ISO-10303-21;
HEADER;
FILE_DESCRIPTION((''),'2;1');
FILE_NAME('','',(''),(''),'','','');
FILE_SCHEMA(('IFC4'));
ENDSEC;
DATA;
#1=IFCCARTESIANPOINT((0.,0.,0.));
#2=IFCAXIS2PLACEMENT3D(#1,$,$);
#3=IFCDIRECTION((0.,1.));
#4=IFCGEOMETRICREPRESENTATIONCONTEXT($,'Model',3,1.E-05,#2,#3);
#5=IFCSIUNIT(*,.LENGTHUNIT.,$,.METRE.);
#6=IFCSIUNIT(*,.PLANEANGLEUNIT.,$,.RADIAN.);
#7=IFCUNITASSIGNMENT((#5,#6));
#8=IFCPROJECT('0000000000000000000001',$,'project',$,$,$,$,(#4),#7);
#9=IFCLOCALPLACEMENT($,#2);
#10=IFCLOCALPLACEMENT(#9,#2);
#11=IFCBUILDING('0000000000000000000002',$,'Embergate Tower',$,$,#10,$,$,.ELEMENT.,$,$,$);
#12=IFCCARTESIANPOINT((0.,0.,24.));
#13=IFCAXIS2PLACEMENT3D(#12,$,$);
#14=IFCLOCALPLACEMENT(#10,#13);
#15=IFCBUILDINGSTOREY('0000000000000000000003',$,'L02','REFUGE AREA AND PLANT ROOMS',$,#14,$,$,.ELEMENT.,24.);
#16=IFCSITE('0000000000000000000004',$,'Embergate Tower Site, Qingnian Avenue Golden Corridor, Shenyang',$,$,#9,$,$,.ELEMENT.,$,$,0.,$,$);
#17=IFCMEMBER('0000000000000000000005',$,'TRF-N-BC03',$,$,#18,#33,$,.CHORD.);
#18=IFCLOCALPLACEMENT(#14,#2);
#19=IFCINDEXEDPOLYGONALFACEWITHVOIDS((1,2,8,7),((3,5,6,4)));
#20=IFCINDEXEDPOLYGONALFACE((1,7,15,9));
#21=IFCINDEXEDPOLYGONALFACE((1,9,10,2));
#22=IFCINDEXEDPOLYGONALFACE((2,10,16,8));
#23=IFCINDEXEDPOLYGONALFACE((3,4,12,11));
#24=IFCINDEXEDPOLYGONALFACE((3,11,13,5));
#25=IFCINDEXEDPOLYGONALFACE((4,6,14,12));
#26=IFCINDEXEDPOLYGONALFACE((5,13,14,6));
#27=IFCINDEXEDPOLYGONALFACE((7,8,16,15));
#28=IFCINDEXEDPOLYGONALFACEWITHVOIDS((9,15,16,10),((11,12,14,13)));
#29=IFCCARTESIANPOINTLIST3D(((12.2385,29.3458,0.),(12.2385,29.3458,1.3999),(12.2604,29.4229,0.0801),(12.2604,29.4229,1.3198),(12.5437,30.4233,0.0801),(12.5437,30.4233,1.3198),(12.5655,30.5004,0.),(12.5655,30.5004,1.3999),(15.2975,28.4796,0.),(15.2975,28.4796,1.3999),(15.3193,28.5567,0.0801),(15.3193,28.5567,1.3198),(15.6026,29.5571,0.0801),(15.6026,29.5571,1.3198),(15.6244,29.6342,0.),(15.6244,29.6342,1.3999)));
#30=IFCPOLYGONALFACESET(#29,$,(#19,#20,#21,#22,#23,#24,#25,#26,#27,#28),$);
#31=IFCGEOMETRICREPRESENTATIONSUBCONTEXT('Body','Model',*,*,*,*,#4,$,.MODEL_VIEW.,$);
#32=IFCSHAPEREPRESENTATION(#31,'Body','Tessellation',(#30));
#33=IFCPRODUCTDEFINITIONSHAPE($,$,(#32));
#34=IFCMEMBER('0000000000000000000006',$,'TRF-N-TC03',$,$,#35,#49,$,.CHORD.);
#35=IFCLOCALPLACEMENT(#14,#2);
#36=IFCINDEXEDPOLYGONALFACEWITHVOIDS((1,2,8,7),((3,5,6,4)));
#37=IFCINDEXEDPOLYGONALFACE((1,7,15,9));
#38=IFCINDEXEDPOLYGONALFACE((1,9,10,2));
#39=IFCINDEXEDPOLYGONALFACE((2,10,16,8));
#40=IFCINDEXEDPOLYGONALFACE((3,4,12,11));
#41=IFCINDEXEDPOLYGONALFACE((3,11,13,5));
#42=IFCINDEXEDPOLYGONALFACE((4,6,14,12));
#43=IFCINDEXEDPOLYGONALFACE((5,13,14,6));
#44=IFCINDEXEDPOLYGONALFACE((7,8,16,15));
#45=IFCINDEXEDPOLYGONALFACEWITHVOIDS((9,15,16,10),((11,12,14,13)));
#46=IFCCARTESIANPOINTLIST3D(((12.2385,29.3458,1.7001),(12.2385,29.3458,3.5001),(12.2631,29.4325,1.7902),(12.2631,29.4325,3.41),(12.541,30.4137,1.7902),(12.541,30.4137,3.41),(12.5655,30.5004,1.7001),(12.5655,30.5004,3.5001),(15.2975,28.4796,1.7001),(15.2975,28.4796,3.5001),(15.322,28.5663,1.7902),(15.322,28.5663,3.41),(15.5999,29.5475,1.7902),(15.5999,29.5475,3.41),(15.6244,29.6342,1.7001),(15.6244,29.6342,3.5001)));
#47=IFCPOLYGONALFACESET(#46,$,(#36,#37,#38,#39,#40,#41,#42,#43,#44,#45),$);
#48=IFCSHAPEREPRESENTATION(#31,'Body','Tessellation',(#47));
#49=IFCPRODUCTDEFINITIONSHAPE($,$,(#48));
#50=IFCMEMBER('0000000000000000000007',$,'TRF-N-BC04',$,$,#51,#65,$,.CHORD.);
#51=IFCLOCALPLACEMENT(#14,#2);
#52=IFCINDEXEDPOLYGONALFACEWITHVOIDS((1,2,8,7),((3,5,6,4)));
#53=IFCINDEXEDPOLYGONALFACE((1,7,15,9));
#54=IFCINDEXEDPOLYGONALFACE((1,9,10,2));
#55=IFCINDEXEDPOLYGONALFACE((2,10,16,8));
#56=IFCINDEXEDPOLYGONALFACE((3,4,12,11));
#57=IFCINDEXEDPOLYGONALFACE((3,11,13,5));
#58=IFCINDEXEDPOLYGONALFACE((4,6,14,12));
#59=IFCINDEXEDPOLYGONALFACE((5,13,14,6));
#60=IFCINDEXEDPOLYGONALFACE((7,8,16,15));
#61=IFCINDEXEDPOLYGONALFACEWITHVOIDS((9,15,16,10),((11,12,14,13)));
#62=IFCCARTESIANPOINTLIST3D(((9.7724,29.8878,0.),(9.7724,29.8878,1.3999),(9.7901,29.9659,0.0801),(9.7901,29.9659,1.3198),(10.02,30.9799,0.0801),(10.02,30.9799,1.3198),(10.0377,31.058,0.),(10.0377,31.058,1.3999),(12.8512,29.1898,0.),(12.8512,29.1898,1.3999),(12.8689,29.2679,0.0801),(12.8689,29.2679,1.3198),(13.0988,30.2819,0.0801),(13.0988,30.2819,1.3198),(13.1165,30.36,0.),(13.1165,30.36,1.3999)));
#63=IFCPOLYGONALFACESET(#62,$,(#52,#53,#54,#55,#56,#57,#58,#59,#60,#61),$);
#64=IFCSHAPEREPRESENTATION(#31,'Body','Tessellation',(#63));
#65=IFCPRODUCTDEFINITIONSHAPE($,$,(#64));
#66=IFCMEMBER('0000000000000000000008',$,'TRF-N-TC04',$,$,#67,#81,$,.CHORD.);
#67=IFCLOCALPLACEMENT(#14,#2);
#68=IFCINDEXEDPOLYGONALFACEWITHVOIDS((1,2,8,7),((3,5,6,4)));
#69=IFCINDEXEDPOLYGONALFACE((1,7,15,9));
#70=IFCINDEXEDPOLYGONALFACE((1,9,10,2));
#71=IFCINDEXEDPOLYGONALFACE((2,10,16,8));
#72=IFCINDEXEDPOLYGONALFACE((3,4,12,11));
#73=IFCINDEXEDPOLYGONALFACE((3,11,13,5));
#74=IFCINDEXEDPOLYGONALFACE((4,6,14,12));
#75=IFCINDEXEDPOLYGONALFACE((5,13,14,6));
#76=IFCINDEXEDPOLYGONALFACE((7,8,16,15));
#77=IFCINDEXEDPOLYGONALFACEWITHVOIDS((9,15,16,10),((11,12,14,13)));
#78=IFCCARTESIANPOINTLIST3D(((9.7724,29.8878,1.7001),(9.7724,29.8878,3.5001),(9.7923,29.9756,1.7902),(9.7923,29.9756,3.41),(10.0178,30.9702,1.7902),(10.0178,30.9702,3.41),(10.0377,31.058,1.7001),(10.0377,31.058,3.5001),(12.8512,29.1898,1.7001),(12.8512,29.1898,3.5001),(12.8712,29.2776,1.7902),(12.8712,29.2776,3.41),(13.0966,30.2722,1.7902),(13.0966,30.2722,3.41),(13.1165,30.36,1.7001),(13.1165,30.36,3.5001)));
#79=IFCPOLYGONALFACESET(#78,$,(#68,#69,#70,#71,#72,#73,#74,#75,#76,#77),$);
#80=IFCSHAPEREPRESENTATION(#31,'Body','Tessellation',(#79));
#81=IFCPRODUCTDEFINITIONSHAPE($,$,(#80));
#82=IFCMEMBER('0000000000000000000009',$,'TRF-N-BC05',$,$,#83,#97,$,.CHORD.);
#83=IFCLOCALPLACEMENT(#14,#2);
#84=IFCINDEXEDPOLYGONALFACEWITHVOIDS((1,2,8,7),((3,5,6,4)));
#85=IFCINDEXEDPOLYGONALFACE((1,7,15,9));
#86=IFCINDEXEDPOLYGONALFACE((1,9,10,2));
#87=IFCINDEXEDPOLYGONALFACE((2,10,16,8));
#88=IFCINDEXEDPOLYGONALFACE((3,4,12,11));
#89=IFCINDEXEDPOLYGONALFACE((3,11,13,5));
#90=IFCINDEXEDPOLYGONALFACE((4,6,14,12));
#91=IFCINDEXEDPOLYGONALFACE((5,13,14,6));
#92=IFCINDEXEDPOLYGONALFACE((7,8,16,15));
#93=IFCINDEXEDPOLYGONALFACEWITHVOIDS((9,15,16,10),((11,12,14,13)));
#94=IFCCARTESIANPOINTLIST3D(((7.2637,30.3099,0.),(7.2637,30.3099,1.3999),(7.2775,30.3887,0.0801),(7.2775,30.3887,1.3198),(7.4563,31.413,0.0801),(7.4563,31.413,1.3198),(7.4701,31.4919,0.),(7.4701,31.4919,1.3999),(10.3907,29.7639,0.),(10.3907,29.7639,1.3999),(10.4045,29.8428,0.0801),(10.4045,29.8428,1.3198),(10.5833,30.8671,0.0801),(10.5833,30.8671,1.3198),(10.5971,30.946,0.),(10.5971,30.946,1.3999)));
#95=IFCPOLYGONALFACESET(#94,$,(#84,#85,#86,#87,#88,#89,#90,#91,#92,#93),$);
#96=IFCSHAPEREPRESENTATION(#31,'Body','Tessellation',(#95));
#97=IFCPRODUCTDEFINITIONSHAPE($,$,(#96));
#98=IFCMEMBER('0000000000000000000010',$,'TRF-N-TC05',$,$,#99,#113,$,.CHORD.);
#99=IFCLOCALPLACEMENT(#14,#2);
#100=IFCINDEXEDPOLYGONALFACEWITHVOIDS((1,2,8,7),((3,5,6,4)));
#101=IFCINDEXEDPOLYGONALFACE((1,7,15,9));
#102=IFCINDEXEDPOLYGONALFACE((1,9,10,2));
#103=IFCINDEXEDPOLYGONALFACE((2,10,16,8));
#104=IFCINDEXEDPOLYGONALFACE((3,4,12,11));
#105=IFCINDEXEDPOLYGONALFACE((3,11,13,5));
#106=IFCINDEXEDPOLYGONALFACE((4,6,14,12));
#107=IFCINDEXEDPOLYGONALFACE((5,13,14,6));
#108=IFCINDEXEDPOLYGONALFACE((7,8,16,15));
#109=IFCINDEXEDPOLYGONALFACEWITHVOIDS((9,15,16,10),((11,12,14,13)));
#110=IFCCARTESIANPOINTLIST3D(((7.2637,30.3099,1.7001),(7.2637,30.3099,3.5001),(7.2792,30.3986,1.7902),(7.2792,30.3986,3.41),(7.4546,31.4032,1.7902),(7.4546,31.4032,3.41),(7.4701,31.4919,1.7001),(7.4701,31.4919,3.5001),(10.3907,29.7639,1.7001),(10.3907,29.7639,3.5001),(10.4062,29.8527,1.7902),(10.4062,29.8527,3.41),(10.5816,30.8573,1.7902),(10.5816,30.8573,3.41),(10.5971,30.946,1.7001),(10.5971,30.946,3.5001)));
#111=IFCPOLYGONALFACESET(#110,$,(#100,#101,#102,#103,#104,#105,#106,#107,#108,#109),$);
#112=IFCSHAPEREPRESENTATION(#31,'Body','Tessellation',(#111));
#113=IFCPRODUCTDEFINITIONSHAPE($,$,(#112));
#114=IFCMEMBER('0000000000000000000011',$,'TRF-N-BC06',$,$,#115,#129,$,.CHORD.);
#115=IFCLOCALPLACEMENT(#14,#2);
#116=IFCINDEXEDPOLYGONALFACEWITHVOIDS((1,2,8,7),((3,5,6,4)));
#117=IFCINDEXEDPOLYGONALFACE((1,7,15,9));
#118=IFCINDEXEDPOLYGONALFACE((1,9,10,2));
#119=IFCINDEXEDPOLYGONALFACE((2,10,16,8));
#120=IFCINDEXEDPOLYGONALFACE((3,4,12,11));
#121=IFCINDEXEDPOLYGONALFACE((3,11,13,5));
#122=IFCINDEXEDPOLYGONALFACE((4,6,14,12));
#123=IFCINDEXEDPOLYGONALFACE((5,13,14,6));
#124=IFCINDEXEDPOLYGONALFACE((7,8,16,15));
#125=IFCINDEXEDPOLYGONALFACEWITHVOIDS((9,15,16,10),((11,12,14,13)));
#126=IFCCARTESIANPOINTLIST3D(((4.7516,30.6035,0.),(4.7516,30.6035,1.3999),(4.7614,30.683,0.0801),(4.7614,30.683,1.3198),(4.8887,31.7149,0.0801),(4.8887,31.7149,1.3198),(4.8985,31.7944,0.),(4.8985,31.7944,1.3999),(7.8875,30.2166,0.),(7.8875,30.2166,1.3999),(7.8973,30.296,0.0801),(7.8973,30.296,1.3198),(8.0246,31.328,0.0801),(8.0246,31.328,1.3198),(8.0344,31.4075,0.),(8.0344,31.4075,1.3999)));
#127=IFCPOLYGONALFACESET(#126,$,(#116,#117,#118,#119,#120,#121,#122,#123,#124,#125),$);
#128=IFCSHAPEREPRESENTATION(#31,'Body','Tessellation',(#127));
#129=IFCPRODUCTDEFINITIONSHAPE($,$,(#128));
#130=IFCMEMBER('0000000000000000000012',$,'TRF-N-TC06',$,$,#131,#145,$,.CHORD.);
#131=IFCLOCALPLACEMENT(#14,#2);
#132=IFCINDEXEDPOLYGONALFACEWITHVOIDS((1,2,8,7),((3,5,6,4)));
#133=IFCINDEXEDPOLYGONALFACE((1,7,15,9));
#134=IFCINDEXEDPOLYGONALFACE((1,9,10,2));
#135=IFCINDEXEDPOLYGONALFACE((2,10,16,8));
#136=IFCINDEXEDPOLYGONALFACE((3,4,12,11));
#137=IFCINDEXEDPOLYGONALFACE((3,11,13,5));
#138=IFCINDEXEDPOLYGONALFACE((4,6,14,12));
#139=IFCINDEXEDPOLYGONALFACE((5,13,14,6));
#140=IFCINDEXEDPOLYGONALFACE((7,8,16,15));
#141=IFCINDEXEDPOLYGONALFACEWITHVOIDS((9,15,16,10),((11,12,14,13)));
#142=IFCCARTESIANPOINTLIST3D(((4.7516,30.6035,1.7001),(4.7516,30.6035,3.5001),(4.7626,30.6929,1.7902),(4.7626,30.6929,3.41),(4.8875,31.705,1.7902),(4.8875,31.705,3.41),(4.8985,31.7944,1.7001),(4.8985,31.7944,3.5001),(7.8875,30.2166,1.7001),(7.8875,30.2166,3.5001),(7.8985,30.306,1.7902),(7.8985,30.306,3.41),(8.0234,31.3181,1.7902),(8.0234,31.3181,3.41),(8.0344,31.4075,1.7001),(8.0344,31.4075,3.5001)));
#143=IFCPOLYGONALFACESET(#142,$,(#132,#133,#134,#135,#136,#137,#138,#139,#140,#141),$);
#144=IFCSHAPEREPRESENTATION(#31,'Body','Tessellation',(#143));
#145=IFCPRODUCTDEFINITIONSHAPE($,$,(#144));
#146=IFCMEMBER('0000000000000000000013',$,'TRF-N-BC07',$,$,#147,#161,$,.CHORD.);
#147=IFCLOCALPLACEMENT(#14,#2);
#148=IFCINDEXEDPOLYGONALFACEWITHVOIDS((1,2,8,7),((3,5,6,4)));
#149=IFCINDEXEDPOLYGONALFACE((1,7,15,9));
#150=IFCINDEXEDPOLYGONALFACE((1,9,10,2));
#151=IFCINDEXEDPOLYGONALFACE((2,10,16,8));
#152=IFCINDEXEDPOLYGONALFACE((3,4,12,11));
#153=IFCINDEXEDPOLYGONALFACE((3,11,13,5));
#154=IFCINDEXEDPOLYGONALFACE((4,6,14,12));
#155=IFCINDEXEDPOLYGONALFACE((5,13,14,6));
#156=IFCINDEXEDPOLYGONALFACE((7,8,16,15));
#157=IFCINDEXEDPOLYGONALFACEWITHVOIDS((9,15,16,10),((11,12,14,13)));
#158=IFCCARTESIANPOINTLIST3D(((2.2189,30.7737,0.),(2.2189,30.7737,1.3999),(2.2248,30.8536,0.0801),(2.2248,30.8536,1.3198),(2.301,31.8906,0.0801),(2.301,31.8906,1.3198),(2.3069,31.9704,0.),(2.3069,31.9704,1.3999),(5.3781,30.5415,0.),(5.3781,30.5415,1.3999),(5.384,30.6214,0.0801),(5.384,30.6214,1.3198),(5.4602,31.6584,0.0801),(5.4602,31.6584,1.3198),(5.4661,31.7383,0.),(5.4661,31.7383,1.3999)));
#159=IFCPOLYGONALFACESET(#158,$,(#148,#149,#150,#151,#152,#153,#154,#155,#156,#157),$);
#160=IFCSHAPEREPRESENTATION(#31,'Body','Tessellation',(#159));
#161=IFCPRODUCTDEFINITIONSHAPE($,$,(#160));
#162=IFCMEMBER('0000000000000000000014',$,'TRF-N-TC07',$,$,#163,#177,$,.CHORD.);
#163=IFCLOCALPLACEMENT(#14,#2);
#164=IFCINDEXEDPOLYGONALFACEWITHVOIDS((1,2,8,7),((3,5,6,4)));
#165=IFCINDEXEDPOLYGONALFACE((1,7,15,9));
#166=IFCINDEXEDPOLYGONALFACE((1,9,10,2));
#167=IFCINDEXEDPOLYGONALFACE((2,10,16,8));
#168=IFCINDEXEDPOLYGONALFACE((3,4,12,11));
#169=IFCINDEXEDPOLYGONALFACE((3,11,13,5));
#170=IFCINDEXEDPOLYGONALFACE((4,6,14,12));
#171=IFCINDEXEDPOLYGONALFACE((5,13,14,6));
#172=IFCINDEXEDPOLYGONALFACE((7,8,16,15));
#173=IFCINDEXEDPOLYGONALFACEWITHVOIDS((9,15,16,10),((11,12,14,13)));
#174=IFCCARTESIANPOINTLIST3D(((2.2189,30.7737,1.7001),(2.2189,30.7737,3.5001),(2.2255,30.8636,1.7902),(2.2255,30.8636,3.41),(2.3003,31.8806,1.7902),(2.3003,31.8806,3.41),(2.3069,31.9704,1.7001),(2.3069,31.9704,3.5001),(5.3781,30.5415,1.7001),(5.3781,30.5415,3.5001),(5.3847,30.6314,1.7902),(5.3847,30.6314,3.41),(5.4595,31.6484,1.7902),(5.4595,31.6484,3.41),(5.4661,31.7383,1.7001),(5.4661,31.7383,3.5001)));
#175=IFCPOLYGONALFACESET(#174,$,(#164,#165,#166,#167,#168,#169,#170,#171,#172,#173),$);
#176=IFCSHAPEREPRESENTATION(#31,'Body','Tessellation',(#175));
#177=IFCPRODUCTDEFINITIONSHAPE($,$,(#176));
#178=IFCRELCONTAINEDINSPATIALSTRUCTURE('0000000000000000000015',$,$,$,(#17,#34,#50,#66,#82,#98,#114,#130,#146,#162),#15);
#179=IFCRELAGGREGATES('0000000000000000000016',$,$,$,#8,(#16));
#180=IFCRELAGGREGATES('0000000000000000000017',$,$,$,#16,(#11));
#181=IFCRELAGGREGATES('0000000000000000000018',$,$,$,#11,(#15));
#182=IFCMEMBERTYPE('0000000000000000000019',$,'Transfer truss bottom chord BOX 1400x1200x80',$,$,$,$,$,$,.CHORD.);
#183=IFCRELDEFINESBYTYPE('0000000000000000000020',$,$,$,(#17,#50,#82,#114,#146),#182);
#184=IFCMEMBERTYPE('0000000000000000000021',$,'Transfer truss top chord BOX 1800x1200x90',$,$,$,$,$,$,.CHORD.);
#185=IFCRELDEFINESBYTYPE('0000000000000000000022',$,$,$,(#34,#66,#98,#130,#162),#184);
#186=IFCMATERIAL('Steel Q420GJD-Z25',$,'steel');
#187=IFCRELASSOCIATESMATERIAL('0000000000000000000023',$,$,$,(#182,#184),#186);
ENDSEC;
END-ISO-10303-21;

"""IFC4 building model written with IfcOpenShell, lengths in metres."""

from ifc_helpers import new_model, si_unit, direction, frame, origin, origin_2d, place, context, subcontext, project, spatial, hollow_rectangle, extrude, source, transform, mapped, material, material_profile, profile_set, type_object, element, save


model = new_model("IFC4")

# Units and contexts
model_context = context("Model", 3, precision=1e-05, world=origin(), true_north=direction((0.0, 1.0)))
body_context = subcontext(model_context, "Body", "Model", "MODEL_VIEW")
ifc_project = project(units=[si_unit("LENGTHUNIT", "METRE"), si_unit("PLANEANGLEUNIT", "RADIAN")], contexts=[model_context])

# Site, building, storey
site_placement = place(None, origin())
site = spatial("IfcSite", under=ifc_project, at=site_placement, Name="Embergate Tower Site, Qingnian Avenue Golden Corridor, Shenyang", CompositionType="ELEMENT", RefElevation=0.0)
building_placement = place(site_placement, origin())
building = spatial("IfcBuilding", under=site, at=building_placement, Name="Embergate Tower", CompositionType="ELEMENT")
storey_placement = place(building_placement, frame((0.0, 0.0, 24.0)))
storey = spatial("IfcBuildingStorey", under=building, at=storey_placement, Name="L02", Description="REFUGE AREA AND PLANT ROOMS", CompositionType="ELEMENT", Elevation=24.0)

# Members
ifc_material_1 = material(Name="Steel Q420GJD-Z25", Category="steel")
ifc_material_profile_1 = material_profile(ifc_material_1, hollow_rectangle(XDim=1.2, YDim=1.3999, WallThickness=0.0801, at=origin_2d()), Name="BOX 1400x1200x80")
ifc_profile_set_1 = profile_set([ifc_material_profile_1], Name="Steel Q420 grade GJD-Z25")
member_type_1 = type_object("IfcMemberType", Name="Transfer truss bottom chord BOX 1400x1200x80", PredefinedType="CHORD", material=ifc_profile_set_1)
shared_shape_1 = source(origin(), body_context, "Body", "SweptSolid", [
    extrude(hollow_rectangle(XDim=1.2, YDim=1.3999, WallThickness=0.0801, at=origin_2d()), origin(), (0.0, 0.0, 1.0), 3.1792),
])
member_1_placement = place(storey_placement, frame((15.4609, 29.0569, 0.7), z_axis=(-0.962165, 0.272469, 0.0), x_axis=(-0.272469, -0.962165, 0.0)))
element("IfcMember", 1, at=member_1_placement, inside=storey, type_object=member_type_1, Name="TRF-N-BC03", PredefinedType="CHORD", context=body_context, shape_type="MappedRepresentation", body=[
    mapped(shared_shape_1, transform((0.0, 0.0, 0.0))),
])
ifc_material_profile_2 = material_profile(ifc_material_1, hollow_rectangle(XDim=1.2, YDim=1.8, WallThickness=0.0901, at=origin_2d()), Name="BOX 1800x1200x90")
ifc_profile_set_2 = profile_set([ifc_material_profile_2], Name="Steel Q420 grade GJD-Z25")
member_type_2 = type_object("IfcMemberType", Name="Transfer truss top chord BOX 1800x1200x90", PredefinedType="CHORD", material=ifc_profile_set_2)
shared_shape_2 = source(origin(), body_context, "Body", "SweptSolid", [
    extrude(hollow_rectangle(XDim=1.2, YDim=1.8, WallThickness=0.0901, at=origin_2d()), origin(), (0.0, 0.0, 1.0), 3.1792),
])
member_2_placement = place(storey_placement, frame((15.4609, 29.0569, 2.6001), z_axis=(-0.962165, 0.272469, 0.0), x_axis=(-0.272469, -0.962165, 0.0)))
element("IfcMember", 2, at=member_2_placement, inside=storey, type_object=member_type_2, Name="TRF-N-TC03", PredefinedType="CHORD", context=body_context, shape_type="MappedRepresentation", body=[
    mapped(shared_shape_2, transform((0.0, 0.0, 0.0))),
])
shared_shape_3 = source(origin(), body_context, "Body", "SweptSolid", [
    extrude(hollow_rectangle(XDim=1.2, YDim=1.3999, WallThickness=0.0801, at=origin_2d()), origin(), (0.0, 0.0, 1.0), 3.157),
])
member_3_placement = place(storey_placement, frame((12.9839, 29.7749, 0.7), z_axis=(-0.975252, 0.221096, 0.0), x_axis=(-0.221096, -0.975252, 0.0)))
element("IfcMember", 3, at=member_3_placement, inside=storey, type_object=member_type_1, Name="TRF-N-BC04", PredefinedType="CHORD", context=body_context, shape_type="MappedRepresentation", body=[
    mapped(shared_shape_3, transform((0.0, 0.0, 0.0))),
])
shared_shape_4 = source(origin(), body_context, "Body", "SweptSolid", [
    extrude(hollow_rectangle(XDim=1.2, YDim=1.8, WallThickness=0.0901, at=origin_2d()), origin(), (0.0, 0.0, 1.0), 3.157),
])
member_4_placement = place(storey_placement, frame((12.9839, 29.7749, 2.6001), z_axis=(-0.975252, 0.221096, 0.0), x_axis=(-0.221096, -0.975252, 0.0)))
element("IfcMember", 4, at=member_4_placement, inside=storey, type_object=member_type_2, Name="TRF-N-TC04", PredefinedType="CHORD", context=body_context, shape_type="MappedRepresentation", body=[
    mapped(shared_shape_4, transform((0.0, 0.0, 0.0))),
])
shared_shape_5 = source(origin(), body_context, "Body", "SweptSolid", [
    extrude(hollow_rectangle(XDim=1.2, YDim=1.3999, WallThickness=0.0801, at=origin_2d()), origin(), (0.0, 0.0, 1.0), 3.1743),
])
member_5_placement = place(storey_placement, frame((10.4939, 30.355, 0.7), z_axis=(-0.985101, 0.171977, 0.0), x_axis=(-0.171977, -0.985101, 0.0)))
element("IfcMember", 5, at=member_5_placement, inside=storey, type_object=member_type_1, Name="TRF-N-BC05", PredefinedType="CHORD", context=body_context, shape_type="MappedRepresentation", body=[
    mapped(shared_shape_5, transform((0.0, 0.0, 0.0))),
])
shared_shape_6 = source(origin(), body_context, "Body", "SweptSolid", [
    extrude(hollow_rectangle(XDim=1.2, YDim=1.8, WallThickness=0.0901, at=origin_2d()), origin(), (0.0, 0.0, 1.0), 3.1743),
])
member_6_placement = place(storey_placement, frame((10.4939, 30.355, 2.6001), z_axis=(-0.985101, 0.171977, 0.0), x_axis=(-0.171977, -0.985101, 0.0)))
element("IfcMember", 6, at=member_6_placement, inside=storey, type_object=member_type_2, Name="TRF-N-TC05", PredefinedType="CHORD", context=body_context, shape_type="MappedRepresentation", body=[
    mapped(shared_shape_6, transform((0.0, 0.0, 0.0))),
])
shared_shape_7 = source(origin(), body_context, "Body", "SweptSolid", [
    extrude(hollow_rectangle(XDim=1.2, YDim=1.3999, WallThickness=0.0801, at=origin_2d()), origin(), (0.0, 0.0, 1.0), 3.1597),
])
member_7_placement = place(storey_placement, frame((7.9609, 30.812, 0.7), z_axis=(-0.992473, 0.122465, 0.0), x_axis=(-0.122465, -0.992473, 0.0)))
element("IfcMember", 7, at=member_7_placement, inside=storey, type_object=member_type_1, Name="TRF-N-BC06", PredefinedType="CHORD", context=body_context, shape_type="MappedRepresentation", body=[
    mapped(shared_shape_7, transform((0.0, 0.0, 0.0))),
])
shared_shape_8 = source(origin(), body_context, "Body", "SweptSolid", [
    extrude(hollow_rectangle(XDim=1.2, YDim=1.8, WallThickness=0.0901, at=origin_2d()), origin(), (0.0, 0.0, 1.0), 3.1597),
])
member_8_placement = place(storey_placement, frame((7.9609, 30.812, 2.6001), z_axis=(-0.992473, 0.122465, 0.0), x_axis=(-0.122465, -0.992473, 0.0)))
element("IfcMember", 8, at=member_8_placement, inside=storey, type_object=member_type_2, Name="TRF-N-TC06", PredefinedType="CHORD", context=body_context, shape_type="MappedRepresentation", body=[
    mapped(shared_shape_8, transform((0.0, 0.0, 0.0))),
])
shared_shape_9 = source(origin(), body_context, "Body", "SweptSolid", [
    extrude(hollow_rectangle(XDim=1.2, YDim=1.3999, WallThickness=0.0801, at=origin_2d()), origin(), (0.0, 0.0, 1.0), 3.1677),
])
member_9_placement = place(storey_placement, frame((5.4221, 31.1399, 0.7), z_axis=(-0.99731, 0.073295, 0.0), x_axis=(-0.073295, -0.99731, 0.0)))
element("IfcMember", 9, at=member_9_placement, inside=storey, type_object=member_type_1, Name="TRF-N-BC07", PredefinedType="CHORD", context=body_context, shape_type="MappedRepresentation", body=[
    mapped(shared_shape_9, transform((0.0, 0.0, 0.0))),
])
shared_shape_10 = source(origin(), body_context, "Body", "SweptSolid", [
    extrude(hollow_rectangle(XDim=1.2, YDim=1.8, WallThickness=0.0901, at=origin_2d()), origin(), (0.0, 0.0, 1.0), 3.1677),
])
member_10_placement = place(storey_placement, frame((5.4221, 31.1399, 2.6001), z_axis=(-0.99731, 0.073295, 0.0), x_axis=(-0.073295, -0.99731, 0.0)))
element("IfcMember", 10, at=member_10_placement, inside=storey, type_object=member_type_2, Name="TRF-N-TC07", PredefinedType="CHORD", context=body_context, shape_type="MappedRepresentation", body=[
    mapped(shared_shape_10, transform((0.0, 0.0, 0.0))),
])

save(model, "model.ifc")
